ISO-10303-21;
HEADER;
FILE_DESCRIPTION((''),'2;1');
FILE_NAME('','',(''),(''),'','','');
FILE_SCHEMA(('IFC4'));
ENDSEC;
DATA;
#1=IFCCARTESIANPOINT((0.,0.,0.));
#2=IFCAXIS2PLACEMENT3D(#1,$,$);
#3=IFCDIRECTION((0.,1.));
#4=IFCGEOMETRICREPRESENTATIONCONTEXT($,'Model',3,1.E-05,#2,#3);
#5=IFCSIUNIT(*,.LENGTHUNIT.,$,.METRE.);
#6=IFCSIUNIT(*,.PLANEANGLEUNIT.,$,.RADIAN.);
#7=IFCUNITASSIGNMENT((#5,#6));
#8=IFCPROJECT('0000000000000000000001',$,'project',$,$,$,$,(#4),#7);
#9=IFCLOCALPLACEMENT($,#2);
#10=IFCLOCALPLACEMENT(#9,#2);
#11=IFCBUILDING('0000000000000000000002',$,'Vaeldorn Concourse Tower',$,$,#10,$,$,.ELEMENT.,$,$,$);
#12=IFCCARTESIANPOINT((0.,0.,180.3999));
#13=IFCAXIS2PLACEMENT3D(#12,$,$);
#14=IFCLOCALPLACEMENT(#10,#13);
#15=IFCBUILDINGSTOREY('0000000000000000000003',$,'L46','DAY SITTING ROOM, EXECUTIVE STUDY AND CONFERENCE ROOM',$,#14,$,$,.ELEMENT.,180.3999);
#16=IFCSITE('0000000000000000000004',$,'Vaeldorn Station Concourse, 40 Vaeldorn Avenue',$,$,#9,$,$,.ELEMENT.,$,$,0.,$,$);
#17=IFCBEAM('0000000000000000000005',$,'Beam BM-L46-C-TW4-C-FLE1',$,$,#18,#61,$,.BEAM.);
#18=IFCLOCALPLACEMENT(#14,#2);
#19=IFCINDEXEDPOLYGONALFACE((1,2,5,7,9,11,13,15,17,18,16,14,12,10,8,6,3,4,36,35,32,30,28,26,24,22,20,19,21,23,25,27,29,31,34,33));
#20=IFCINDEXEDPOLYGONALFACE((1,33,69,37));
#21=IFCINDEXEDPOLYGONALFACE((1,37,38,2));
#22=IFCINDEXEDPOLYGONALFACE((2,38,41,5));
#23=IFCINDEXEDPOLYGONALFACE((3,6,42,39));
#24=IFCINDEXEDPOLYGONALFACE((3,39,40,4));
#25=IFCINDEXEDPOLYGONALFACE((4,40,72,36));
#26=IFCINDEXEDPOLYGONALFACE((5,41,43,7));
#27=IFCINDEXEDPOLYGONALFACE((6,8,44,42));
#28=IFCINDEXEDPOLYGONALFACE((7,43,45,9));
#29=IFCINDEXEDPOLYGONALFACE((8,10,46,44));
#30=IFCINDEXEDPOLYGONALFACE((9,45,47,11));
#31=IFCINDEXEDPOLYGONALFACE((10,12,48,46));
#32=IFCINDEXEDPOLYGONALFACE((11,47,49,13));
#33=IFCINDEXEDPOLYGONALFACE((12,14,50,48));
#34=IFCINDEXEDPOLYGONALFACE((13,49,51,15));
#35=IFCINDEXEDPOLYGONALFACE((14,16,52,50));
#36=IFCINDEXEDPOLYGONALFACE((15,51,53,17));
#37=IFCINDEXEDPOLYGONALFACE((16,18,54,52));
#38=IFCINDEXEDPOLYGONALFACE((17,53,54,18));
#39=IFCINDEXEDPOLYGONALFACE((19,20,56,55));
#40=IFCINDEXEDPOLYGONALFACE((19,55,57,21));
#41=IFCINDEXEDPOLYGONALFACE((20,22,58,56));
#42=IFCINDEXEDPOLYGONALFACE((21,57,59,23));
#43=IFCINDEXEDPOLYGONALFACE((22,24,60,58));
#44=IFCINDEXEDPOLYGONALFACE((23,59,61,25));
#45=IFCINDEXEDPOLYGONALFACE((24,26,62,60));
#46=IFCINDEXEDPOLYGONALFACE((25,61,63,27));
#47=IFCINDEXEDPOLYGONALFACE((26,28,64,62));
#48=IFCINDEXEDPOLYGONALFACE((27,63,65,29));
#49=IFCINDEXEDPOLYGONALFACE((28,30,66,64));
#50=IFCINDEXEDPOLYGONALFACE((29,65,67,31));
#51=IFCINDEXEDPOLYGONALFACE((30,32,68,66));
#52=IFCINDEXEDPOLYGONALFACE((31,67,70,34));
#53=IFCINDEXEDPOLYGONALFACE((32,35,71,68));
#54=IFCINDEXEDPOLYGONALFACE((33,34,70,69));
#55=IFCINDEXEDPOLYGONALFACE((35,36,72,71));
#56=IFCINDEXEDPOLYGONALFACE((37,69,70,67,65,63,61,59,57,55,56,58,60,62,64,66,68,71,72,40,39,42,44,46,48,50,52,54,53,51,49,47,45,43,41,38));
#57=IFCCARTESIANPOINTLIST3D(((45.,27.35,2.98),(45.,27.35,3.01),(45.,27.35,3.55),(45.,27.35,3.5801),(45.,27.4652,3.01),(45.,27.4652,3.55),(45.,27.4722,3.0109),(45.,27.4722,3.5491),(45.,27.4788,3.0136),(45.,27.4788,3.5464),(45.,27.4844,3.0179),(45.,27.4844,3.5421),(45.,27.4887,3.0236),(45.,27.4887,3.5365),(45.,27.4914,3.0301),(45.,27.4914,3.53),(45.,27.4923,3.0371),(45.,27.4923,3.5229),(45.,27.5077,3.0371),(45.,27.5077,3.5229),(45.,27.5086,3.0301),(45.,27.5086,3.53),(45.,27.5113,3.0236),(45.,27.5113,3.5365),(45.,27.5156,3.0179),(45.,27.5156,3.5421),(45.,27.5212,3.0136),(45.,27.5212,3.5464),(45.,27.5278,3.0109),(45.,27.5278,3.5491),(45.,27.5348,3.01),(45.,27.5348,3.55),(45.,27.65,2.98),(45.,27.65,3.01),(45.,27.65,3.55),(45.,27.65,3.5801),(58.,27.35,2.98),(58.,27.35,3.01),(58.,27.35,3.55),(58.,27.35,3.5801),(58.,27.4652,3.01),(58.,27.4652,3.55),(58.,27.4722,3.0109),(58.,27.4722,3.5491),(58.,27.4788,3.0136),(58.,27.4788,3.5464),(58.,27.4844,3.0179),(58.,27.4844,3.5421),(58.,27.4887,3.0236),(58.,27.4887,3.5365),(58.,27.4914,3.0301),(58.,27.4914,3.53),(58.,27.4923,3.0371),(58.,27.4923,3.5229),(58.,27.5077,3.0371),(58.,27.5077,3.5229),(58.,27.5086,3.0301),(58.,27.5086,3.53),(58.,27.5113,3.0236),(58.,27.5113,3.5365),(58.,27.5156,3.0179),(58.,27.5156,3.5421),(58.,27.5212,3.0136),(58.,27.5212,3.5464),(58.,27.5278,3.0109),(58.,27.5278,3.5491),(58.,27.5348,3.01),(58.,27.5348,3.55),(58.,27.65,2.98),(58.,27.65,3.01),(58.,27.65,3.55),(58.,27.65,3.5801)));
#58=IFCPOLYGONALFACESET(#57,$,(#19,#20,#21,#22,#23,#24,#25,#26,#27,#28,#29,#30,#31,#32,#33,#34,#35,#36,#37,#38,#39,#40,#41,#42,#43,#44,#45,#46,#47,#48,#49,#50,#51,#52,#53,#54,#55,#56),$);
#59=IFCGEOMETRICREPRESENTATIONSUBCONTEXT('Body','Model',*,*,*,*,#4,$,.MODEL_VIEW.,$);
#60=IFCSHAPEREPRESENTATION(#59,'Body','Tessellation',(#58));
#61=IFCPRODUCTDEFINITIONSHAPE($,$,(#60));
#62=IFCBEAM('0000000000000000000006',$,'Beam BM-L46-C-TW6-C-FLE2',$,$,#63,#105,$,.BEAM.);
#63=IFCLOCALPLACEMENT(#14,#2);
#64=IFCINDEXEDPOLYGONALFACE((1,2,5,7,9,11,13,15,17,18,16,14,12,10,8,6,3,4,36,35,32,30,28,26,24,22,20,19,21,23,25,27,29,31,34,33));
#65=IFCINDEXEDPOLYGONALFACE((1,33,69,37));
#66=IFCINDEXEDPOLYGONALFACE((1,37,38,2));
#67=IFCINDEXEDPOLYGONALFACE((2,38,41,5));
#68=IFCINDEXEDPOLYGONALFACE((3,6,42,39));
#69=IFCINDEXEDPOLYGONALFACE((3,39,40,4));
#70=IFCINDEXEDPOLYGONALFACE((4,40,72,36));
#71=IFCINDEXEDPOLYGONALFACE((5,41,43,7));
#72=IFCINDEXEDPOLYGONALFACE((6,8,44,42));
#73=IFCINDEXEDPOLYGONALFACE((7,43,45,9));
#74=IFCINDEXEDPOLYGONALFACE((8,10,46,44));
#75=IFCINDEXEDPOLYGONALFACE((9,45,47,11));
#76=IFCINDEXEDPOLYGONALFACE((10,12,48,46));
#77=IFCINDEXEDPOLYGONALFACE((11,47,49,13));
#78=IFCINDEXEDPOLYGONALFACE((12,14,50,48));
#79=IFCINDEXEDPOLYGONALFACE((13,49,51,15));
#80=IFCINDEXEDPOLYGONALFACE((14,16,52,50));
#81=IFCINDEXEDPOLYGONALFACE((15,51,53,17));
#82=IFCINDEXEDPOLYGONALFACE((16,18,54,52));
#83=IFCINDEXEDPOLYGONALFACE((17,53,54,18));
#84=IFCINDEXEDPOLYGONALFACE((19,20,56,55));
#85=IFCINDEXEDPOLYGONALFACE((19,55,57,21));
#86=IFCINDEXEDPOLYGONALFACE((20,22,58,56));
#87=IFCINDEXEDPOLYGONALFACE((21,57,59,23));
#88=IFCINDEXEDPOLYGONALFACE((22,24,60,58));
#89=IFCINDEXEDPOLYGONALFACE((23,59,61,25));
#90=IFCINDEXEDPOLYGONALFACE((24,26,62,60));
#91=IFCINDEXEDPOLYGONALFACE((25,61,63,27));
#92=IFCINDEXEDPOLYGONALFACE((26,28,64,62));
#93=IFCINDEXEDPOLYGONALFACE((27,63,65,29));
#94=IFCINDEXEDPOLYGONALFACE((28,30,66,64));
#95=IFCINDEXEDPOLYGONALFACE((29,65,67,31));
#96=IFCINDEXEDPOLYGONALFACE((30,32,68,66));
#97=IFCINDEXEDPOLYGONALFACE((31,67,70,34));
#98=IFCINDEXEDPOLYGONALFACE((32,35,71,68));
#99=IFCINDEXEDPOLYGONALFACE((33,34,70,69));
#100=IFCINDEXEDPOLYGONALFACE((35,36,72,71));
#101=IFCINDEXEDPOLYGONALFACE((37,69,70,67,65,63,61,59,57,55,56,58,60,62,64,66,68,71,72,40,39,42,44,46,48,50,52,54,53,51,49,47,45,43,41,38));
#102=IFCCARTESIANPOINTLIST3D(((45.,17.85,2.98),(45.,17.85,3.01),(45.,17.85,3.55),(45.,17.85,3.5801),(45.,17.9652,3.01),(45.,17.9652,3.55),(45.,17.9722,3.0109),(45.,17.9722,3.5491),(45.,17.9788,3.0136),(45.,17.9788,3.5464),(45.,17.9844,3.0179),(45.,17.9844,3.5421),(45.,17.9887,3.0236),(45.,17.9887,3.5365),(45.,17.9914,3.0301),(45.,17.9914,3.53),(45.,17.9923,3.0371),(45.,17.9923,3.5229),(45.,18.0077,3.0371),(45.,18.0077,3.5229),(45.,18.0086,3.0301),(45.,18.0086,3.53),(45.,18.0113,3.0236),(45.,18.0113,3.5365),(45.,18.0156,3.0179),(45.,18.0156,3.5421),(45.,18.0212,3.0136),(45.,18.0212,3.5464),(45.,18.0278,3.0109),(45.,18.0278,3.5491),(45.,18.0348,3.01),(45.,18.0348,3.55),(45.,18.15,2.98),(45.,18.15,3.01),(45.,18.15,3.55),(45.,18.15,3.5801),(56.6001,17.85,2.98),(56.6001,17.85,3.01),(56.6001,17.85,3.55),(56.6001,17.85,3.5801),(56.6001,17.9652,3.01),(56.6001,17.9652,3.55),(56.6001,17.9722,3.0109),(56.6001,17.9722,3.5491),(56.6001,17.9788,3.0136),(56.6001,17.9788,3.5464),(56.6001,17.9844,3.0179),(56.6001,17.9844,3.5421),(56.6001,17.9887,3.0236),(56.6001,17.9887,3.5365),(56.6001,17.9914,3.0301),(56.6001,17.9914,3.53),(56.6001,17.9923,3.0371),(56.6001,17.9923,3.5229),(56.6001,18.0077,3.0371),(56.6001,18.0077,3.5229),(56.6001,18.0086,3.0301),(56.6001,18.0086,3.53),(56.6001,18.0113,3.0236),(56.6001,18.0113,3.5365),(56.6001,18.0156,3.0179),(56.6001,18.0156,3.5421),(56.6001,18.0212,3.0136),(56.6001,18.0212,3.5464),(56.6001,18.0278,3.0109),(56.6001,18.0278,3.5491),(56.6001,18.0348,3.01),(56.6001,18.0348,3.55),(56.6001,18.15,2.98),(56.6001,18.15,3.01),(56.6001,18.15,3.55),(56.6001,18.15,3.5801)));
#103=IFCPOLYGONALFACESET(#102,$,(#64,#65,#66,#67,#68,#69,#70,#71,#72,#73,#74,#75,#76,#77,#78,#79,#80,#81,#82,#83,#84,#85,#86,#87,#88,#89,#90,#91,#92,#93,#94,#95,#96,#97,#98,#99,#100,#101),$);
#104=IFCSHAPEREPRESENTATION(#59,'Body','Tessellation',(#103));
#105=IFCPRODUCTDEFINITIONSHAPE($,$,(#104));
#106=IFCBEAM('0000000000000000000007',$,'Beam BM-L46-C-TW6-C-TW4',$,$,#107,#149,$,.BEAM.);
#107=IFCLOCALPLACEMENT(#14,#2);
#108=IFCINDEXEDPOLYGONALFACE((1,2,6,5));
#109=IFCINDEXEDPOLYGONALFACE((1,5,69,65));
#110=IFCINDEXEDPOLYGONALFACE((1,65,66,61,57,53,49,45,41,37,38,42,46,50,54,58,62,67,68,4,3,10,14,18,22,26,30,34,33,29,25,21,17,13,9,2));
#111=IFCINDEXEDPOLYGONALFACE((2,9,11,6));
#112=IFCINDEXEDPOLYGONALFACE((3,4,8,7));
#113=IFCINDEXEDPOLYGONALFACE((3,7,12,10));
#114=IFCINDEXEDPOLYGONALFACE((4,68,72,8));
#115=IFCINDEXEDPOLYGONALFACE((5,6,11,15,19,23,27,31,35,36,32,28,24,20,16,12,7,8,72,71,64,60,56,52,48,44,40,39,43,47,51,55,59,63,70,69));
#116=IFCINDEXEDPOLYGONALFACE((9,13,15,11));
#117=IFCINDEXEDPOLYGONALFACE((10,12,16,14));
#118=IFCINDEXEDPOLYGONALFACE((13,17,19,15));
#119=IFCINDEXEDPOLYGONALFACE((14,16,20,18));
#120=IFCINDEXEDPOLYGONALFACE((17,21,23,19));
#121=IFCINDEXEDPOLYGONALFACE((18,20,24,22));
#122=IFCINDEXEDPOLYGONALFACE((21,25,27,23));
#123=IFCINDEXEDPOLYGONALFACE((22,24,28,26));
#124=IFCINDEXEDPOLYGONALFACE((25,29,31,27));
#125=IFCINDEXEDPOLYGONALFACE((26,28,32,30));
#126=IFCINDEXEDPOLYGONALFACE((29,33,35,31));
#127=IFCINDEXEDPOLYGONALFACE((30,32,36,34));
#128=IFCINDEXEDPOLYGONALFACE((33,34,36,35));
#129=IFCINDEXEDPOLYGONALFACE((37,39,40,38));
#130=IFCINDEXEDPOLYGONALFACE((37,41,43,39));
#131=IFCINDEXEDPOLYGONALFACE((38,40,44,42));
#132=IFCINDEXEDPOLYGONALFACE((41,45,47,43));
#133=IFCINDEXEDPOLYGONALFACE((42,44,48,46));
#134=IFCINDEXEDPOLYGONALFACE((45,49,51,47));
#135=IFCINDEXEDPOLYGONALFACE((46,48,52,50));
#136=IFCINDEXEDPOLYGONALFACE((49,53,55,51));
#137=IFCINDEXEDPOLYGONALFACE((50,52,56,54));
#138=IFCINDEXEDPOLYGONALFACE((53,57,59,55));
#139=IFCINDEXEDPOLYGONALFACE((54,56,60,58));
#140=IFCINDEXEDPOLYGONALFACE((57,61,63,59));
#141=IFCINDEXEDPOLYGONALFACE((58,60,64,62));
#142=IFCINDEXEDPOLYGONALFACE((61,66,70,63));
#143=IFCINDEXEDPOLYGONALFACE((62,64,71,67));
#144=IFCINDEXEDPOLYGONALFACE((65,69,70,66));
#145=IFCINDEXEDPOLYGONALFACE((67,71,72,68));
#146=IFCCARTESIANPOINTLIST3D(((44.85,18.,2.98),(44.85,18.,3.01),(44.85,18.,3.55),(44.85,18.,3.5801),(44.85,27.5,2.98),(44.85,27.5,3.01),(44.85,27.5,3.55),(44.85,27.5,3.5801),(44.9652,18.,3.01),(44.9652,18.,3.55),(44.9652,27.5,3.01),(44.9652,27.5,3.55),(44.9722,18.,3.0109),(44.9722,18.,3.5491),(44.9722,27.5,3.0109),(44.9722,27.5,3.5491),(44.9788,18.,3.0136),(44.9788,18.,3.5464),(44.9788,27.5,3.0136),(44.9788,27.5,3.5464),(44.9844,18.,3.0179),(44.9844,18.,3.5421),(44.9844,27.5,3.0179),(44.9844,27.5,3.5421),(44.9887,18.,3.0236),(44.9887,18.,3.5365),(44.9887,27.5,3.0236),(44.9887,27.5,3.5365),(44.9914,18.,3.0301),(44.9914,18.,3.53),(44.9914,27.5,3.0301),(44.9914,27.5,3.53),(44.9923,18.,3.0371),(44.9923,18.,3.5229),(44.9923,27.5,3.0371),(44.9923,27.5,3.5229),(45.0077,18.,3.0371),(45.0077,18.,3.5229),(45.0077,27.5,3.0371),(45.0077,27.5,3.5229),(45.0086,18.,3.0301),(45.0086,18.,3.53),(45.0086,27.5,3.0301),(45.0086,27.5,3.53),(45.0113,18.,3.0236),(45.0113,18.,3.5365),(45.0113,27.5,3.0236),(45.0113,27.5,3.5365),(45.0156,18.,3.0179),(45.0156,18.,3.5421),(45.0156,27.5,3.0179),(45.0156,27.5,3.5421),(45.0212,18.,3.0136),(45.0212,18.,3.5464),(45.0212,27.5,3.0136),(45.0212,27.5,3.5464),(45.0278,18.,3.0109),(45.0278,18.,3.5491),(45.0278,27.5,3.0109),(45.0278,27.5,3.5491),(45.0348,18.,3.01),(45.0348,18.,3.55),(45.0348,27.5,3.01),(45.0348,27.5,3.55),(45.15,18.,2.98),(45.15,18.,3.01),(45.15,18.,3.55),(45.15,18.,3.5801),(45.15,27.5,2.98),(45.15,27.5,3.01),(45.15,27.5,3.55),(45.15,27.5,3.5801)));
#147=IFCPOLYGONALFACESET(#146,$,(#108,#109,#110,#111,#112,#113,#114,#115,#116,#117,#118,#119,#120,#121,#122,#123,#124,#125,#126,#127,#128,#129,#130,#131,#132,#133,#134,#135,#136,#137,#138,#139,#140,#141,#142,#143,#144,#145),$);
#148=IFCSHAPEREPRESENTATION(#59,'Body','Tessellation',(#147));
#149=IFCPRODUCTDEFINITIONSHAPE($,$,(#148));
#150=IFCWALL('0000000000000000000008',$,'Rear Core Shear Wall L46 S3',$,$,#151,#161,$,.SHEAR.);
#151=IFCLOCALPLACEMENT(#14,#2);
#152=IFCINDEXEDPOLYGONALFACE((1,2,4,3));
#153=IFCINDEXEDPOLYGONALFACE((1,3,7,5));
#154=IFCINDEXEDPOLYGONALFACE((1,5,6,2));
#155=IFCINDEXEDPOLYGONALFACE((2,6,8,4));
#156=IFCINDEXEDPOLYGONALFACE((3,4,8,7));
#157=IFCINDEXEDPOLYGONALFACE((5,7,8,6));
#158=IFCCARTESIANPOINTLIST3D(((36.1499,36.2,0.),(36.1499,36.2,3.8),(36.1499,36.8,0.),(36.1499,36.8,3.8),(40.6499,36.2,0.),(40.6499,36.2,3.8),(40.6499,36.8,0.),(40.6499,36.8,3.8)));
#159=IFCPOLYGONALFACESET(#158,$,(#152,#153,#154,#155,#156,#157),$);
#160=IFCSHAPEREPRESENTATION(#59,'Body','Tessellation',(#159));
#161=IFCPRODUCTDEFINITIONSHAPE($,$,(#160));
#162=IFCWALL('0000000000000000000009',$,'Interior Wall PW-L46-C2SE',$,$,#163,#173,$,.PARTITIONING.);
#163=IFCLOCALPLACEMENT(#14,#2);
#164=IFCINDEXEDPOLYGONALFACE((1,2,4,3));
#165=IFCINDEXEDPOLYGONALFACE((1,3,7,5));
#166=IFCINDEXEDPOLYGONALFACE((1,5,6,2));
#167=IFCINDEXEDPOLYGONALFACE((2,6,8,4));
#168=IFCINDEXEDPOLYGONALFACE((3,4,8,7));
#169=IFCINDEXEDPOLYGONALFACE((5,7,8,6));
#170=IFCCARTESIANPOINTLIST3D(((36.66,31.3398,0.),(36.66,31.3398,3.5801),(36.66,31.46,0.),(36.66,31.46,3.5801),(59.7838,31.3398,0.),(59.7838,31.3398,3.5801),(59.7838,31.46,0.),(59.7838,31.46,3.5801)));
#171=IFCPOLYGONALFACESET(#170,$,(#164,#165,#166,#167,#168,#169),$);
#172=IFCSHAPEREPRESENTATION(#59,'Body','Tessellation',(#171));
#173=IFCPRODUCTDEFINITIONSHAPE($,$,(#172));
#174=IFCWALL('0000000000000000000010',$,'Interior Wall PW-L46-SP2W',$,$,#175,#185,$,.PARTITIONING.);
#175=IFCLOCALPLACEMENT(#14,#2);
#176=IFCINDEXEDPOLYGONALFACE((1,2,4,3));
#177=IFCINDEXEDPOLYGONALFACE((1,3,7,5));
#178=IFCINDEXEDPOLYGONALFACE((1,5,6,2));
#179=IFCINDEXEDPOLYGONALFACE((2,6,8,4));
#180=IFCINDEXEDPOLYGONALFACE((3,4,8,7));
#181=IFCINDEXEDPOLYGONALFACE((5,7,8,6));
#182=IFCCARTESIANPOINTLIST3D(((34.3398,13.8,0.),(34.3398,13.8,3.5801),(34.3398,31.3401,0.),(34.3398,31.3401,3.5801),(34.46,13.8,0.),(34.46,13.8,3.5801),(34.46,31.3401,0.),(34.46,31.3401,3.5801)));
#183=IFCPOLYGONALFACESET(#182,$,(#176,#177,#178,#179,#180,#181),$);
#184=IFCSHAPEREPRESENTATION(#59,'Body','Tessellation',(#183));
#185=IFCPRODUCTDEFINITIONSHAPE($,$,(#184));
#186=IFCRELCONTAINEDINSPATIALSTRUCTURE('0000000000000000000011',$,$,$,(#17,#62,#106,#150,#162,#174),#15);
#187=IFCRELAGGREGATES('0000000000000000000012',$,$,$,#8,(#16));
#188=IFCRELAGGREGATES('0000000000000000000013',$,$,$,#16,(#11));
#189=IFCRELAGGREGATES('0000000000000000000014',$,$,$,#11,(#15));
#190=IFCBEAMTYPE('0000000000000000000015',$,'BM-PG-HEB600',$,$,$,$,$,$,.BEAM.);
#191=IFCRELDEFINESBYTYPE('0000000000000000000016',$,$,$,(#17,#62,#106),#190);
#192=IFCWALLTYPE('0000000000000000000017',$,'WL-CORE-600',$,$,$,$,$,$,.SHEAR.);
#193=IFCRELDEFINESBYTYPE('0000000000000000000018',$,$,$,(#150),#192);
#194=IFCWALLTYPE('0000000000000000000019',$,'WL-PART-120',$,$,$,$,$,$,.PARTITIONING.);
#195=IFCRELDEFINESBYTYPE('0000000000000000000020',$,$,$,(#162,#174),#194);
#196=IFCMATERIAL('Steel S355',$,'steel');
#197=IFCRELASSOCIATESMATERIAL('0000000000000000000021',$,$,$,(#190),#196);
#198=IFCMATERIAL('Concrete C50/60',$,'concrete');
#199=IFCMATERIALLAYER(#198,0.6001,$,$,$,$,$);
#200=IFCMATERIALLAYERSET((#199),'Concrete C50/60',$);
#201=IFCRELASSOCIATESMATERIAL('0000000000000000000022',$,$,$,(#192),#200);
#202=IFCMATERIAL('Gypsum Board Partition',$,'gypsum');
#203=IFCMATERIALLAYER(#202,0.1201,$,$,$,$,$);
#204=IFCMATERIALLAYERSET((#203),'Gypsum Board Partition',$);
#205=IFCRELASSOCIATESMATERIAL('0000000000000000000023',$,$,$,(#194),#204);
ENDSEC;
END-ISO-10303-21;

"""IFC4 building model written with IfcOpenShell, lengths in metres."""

from ifc_helpers import new_model, si_unit, direction, frame, frame_2d, origin, origin_2d, place, context, subcontext, project, spatial, rectangle, i_section, extrude, source, transform, mapped, material, layer, layer_set, material_profile, profile_set, type_object, element, save


model = new_model("IFC4")

# Units and contexts
model_context = context("Model", 3, precision=1e-05, world=origin(), true_north=direction((0.0, 1.0)))
body_context = subcontext(model_context, "Body", "Model", "MODEL_VIEW")
ifc_project = project(units=[si_unit("LENGTHUNIT", "METRE"), si_unit("PLANEANGLEUNIT", "RADIAN")], contexts=[model_context])

# Site, building, storey
site_placement = place(None, origin())
site = spatial("IfcSite", under=ifc_project, at=site_placement, Name="Vaeldorn Station Concourse, 40 Vaeldorn Avenue", CompositionType="ELEMENT", RefElevation=0.0)
building_placement = place(site_placement, origin())
building = spatial("IfcBuilding", under=site, at=building_placement, Name="Vaeldorn Concourse Tower", CompositionType="ELEMENT")
storey_placement = place(building_placement, frame((0.0, 0.0, 180.3999)))
storey = spatial("IfcBuildingStorey", under=building, at=storey_placement, Name="L46", Description="DAY SITTING ROOM, EXECUTIVE STUDY AND CONFERENCE ROOM", CompositionType="ELEMENT", Elevation=180.3999)

# Shared definitions
ifc_material_1 = material(Name="Steel S355", Category="steel")

# Beams
ifc_material_profile_1 = material_profile(ifc_material_1, i_section(OverallWidth=0.3, OverallDepth=0.6001, WebThickness=0.0154, FlangeThickness=0.03, FilletRadius=0.0271, at=origin_2d()), Name="HEB 600")
ifc_profile_set_1 = profile_set([ifc_material_profile_1], Name="Steel S355")
beam_type_1 = type_object("IfcBeamType", Name="BM-PG-HEB600", PredefinedType="BEAM", material=ifc_profile_set_1)
shared_shape_1 = source(origin(), body_context, "Body", "SweptSolid", [
    extrude(i_section(OverallWidth=0.3, OverallDepth=0.6001, WebThickness=0.0154, FlangeThickness=0.03, FilletRadius=0.0271, at=origin_2d()), origin(), (0.0, 0.0, 1.0), 13.0),
])
beam_1_placement = place(storey_placement, frame((45.0, 27.5, 3.28), z_axis=(1.0, 0.0, 0.0), x_axis=(0.0, 1.0, 0.0)))
element("IfcBeam", 1, at=beam_1_placement, inside=storey, type_object=beam_type_1, Name="Beam BM-L46-C-TW4-C-FLE1", PredefinedType="BEAM", context=body_context, shape_type="MappedRepresentation", body=[
    mapped(shared_shape_1, transform((0.0, 0.0, 0.0), scale=1.0)),
])
shared_shape_2 = source(origin(), body_context, "Body", "SweptSolid", [
    extrude(i_section(OverallWidth=0.3, OverallDepth=0.6001, WebThickness=0.0154, FlangeThickness=0.03, FilletRadius=0.0271, at=origin_2d()), origin(), (0.0, 0.0, 1.0), 11.6001),
])
beam_2_placement = place(storey_placement, frame((45.0, 18.0, 3.28), z_axis=(1.0, 0.0, 0.0), x_axis=(0.0, 1.0, 0.0)))
element("IfcBeam", 2, at=beam_2_placement, inside=storey, type_object=beam_type_1, Name="Beam BM-L46-C-TW6-C-FLE2", PredefinedType="BEAM", context=body_context, shape_type="MappedRepresentation", body=[
    mapped(shared_shape_2, transform((0.0, 0.0, 0.0), scale=1.0)),
])
shared_shape_3 = source(origin(), body_context, "Body", "SweptSolid", [
    extrude(i_section(OverallWidth=0.3, OverallDepth=0.6001, WebThickness=0.0154, FlangeThickness=0.03, FilletRadius=0.0271, at=origin_2d()), origin(), (0.0, 0.0, 1.0), 9.5),
])
beam_3_placement = place(storey_placement, frame((45.0, 18.0, 3.28), z_axis=(0.0, 1.0, 0.0), x_axis=(-1.0, 0.0, 0.0)))
element("IfcBeam", 3, at=beam_3_placement, inside=storey, type_object=beam_type_1, Name="Beam BM-L46-C-TW6-C-TW4", PredefinedType="BEAM", context=body_context, shape_type="MappedRepresentation", body=[
    mapped(shared_shape_3, transform((0.0, 0.0, 0.0), scale=1.0)),
])

# Walls
ifc_material_2 = material(Name="Concrete C50/60", Category="concrete")
ifc_layer_1 = layer(ifc_material_2, 0.6001)
ifc_layer_set_1 = layer_set([ifc_layer_1], Name="Concrete C50/60")
wall_type_1 = type_object("IfcWallType", Name="WL-CORE-600", PredefinedType="SHEAR", material=ifc_layer_set_1)
wall_1_placement = place(storey_placement, frame((36.1499, 36.5, 0.0), z_axis=(0.0, 0.0, 1.0), x_axis=(1.0, 0.0, 0.0)))
element("IfcWall", 4, at=wall_1_placement, inside=storey, type_object=wall_type_1, Name="Rear Core Shear Wall L46 S3", PredefinedType="SHEAR", context=body_context, shape_type="SweptSolid", body=[
    extrude(rectangle(XDim=4.5, YDim=0.6001, at=frame_2d((2.25, 0.0))), origin(), (0.0, 0.0, 1.0), 3.8),
])
ifc_material_3 = material(Name="Gypsum Board Partition", Category="gypsum")
ifc_layer_2 = layer(ifc_material_3, 0.1201)
ifc_layer_set_2 = layer_set([ifc_layer_2], Name="Gypsum Board Partition")
wall_type_2 = type_object("IfcWallType", Name="WL-PART-120", PredefinedType="PARTITIONING", material=ifc_layer_set_2)
wall_2_placement = place(storey_placement, frame((36.6599, 31.3999, 0.0), z_axis=(0.0, 0.0, 1.0), x_axis=(1.0, 0.0, 0.0)))
element("IfcWall", 5, at=wall_2_placement, inside=storey, type_object=wall_type_2, Name="Interior Wall PW-L46-C2SE", PredefinedType="PARTITIONING", context=body_context, shape_type="SweptSolid", body=[
    extrude(rectangle(XDim=23.1238, YDim=0.1201, at=frame_2d((11.562, 0.0))), origin(), (0.0, 0.0, 1.0), 3.5801),
])
wall_3_placement = place(storey_placement, frame((34.3999, 13.8, 0.0), z_axis=(0.0, 0.0, 1.0), x_axis=(0.0, 1.0, 0.0)))
element("IfcWall", 6, at=wall_3_placement, inside=storey, type_object=wall_type_2, Name="Interior Wall PW-L46-SP2W", PredefinedType="PARTITIONING", context=body_context, shape_type="SweptSolid", body=[
    extrude(rectangle(XDim=17.54, YDim=0.1201, at=frame_2d((8.77, 0.0))), origin(), (0.0, 0.0, 1.0), 3.5801),
])

save(model, "model.ifc")
